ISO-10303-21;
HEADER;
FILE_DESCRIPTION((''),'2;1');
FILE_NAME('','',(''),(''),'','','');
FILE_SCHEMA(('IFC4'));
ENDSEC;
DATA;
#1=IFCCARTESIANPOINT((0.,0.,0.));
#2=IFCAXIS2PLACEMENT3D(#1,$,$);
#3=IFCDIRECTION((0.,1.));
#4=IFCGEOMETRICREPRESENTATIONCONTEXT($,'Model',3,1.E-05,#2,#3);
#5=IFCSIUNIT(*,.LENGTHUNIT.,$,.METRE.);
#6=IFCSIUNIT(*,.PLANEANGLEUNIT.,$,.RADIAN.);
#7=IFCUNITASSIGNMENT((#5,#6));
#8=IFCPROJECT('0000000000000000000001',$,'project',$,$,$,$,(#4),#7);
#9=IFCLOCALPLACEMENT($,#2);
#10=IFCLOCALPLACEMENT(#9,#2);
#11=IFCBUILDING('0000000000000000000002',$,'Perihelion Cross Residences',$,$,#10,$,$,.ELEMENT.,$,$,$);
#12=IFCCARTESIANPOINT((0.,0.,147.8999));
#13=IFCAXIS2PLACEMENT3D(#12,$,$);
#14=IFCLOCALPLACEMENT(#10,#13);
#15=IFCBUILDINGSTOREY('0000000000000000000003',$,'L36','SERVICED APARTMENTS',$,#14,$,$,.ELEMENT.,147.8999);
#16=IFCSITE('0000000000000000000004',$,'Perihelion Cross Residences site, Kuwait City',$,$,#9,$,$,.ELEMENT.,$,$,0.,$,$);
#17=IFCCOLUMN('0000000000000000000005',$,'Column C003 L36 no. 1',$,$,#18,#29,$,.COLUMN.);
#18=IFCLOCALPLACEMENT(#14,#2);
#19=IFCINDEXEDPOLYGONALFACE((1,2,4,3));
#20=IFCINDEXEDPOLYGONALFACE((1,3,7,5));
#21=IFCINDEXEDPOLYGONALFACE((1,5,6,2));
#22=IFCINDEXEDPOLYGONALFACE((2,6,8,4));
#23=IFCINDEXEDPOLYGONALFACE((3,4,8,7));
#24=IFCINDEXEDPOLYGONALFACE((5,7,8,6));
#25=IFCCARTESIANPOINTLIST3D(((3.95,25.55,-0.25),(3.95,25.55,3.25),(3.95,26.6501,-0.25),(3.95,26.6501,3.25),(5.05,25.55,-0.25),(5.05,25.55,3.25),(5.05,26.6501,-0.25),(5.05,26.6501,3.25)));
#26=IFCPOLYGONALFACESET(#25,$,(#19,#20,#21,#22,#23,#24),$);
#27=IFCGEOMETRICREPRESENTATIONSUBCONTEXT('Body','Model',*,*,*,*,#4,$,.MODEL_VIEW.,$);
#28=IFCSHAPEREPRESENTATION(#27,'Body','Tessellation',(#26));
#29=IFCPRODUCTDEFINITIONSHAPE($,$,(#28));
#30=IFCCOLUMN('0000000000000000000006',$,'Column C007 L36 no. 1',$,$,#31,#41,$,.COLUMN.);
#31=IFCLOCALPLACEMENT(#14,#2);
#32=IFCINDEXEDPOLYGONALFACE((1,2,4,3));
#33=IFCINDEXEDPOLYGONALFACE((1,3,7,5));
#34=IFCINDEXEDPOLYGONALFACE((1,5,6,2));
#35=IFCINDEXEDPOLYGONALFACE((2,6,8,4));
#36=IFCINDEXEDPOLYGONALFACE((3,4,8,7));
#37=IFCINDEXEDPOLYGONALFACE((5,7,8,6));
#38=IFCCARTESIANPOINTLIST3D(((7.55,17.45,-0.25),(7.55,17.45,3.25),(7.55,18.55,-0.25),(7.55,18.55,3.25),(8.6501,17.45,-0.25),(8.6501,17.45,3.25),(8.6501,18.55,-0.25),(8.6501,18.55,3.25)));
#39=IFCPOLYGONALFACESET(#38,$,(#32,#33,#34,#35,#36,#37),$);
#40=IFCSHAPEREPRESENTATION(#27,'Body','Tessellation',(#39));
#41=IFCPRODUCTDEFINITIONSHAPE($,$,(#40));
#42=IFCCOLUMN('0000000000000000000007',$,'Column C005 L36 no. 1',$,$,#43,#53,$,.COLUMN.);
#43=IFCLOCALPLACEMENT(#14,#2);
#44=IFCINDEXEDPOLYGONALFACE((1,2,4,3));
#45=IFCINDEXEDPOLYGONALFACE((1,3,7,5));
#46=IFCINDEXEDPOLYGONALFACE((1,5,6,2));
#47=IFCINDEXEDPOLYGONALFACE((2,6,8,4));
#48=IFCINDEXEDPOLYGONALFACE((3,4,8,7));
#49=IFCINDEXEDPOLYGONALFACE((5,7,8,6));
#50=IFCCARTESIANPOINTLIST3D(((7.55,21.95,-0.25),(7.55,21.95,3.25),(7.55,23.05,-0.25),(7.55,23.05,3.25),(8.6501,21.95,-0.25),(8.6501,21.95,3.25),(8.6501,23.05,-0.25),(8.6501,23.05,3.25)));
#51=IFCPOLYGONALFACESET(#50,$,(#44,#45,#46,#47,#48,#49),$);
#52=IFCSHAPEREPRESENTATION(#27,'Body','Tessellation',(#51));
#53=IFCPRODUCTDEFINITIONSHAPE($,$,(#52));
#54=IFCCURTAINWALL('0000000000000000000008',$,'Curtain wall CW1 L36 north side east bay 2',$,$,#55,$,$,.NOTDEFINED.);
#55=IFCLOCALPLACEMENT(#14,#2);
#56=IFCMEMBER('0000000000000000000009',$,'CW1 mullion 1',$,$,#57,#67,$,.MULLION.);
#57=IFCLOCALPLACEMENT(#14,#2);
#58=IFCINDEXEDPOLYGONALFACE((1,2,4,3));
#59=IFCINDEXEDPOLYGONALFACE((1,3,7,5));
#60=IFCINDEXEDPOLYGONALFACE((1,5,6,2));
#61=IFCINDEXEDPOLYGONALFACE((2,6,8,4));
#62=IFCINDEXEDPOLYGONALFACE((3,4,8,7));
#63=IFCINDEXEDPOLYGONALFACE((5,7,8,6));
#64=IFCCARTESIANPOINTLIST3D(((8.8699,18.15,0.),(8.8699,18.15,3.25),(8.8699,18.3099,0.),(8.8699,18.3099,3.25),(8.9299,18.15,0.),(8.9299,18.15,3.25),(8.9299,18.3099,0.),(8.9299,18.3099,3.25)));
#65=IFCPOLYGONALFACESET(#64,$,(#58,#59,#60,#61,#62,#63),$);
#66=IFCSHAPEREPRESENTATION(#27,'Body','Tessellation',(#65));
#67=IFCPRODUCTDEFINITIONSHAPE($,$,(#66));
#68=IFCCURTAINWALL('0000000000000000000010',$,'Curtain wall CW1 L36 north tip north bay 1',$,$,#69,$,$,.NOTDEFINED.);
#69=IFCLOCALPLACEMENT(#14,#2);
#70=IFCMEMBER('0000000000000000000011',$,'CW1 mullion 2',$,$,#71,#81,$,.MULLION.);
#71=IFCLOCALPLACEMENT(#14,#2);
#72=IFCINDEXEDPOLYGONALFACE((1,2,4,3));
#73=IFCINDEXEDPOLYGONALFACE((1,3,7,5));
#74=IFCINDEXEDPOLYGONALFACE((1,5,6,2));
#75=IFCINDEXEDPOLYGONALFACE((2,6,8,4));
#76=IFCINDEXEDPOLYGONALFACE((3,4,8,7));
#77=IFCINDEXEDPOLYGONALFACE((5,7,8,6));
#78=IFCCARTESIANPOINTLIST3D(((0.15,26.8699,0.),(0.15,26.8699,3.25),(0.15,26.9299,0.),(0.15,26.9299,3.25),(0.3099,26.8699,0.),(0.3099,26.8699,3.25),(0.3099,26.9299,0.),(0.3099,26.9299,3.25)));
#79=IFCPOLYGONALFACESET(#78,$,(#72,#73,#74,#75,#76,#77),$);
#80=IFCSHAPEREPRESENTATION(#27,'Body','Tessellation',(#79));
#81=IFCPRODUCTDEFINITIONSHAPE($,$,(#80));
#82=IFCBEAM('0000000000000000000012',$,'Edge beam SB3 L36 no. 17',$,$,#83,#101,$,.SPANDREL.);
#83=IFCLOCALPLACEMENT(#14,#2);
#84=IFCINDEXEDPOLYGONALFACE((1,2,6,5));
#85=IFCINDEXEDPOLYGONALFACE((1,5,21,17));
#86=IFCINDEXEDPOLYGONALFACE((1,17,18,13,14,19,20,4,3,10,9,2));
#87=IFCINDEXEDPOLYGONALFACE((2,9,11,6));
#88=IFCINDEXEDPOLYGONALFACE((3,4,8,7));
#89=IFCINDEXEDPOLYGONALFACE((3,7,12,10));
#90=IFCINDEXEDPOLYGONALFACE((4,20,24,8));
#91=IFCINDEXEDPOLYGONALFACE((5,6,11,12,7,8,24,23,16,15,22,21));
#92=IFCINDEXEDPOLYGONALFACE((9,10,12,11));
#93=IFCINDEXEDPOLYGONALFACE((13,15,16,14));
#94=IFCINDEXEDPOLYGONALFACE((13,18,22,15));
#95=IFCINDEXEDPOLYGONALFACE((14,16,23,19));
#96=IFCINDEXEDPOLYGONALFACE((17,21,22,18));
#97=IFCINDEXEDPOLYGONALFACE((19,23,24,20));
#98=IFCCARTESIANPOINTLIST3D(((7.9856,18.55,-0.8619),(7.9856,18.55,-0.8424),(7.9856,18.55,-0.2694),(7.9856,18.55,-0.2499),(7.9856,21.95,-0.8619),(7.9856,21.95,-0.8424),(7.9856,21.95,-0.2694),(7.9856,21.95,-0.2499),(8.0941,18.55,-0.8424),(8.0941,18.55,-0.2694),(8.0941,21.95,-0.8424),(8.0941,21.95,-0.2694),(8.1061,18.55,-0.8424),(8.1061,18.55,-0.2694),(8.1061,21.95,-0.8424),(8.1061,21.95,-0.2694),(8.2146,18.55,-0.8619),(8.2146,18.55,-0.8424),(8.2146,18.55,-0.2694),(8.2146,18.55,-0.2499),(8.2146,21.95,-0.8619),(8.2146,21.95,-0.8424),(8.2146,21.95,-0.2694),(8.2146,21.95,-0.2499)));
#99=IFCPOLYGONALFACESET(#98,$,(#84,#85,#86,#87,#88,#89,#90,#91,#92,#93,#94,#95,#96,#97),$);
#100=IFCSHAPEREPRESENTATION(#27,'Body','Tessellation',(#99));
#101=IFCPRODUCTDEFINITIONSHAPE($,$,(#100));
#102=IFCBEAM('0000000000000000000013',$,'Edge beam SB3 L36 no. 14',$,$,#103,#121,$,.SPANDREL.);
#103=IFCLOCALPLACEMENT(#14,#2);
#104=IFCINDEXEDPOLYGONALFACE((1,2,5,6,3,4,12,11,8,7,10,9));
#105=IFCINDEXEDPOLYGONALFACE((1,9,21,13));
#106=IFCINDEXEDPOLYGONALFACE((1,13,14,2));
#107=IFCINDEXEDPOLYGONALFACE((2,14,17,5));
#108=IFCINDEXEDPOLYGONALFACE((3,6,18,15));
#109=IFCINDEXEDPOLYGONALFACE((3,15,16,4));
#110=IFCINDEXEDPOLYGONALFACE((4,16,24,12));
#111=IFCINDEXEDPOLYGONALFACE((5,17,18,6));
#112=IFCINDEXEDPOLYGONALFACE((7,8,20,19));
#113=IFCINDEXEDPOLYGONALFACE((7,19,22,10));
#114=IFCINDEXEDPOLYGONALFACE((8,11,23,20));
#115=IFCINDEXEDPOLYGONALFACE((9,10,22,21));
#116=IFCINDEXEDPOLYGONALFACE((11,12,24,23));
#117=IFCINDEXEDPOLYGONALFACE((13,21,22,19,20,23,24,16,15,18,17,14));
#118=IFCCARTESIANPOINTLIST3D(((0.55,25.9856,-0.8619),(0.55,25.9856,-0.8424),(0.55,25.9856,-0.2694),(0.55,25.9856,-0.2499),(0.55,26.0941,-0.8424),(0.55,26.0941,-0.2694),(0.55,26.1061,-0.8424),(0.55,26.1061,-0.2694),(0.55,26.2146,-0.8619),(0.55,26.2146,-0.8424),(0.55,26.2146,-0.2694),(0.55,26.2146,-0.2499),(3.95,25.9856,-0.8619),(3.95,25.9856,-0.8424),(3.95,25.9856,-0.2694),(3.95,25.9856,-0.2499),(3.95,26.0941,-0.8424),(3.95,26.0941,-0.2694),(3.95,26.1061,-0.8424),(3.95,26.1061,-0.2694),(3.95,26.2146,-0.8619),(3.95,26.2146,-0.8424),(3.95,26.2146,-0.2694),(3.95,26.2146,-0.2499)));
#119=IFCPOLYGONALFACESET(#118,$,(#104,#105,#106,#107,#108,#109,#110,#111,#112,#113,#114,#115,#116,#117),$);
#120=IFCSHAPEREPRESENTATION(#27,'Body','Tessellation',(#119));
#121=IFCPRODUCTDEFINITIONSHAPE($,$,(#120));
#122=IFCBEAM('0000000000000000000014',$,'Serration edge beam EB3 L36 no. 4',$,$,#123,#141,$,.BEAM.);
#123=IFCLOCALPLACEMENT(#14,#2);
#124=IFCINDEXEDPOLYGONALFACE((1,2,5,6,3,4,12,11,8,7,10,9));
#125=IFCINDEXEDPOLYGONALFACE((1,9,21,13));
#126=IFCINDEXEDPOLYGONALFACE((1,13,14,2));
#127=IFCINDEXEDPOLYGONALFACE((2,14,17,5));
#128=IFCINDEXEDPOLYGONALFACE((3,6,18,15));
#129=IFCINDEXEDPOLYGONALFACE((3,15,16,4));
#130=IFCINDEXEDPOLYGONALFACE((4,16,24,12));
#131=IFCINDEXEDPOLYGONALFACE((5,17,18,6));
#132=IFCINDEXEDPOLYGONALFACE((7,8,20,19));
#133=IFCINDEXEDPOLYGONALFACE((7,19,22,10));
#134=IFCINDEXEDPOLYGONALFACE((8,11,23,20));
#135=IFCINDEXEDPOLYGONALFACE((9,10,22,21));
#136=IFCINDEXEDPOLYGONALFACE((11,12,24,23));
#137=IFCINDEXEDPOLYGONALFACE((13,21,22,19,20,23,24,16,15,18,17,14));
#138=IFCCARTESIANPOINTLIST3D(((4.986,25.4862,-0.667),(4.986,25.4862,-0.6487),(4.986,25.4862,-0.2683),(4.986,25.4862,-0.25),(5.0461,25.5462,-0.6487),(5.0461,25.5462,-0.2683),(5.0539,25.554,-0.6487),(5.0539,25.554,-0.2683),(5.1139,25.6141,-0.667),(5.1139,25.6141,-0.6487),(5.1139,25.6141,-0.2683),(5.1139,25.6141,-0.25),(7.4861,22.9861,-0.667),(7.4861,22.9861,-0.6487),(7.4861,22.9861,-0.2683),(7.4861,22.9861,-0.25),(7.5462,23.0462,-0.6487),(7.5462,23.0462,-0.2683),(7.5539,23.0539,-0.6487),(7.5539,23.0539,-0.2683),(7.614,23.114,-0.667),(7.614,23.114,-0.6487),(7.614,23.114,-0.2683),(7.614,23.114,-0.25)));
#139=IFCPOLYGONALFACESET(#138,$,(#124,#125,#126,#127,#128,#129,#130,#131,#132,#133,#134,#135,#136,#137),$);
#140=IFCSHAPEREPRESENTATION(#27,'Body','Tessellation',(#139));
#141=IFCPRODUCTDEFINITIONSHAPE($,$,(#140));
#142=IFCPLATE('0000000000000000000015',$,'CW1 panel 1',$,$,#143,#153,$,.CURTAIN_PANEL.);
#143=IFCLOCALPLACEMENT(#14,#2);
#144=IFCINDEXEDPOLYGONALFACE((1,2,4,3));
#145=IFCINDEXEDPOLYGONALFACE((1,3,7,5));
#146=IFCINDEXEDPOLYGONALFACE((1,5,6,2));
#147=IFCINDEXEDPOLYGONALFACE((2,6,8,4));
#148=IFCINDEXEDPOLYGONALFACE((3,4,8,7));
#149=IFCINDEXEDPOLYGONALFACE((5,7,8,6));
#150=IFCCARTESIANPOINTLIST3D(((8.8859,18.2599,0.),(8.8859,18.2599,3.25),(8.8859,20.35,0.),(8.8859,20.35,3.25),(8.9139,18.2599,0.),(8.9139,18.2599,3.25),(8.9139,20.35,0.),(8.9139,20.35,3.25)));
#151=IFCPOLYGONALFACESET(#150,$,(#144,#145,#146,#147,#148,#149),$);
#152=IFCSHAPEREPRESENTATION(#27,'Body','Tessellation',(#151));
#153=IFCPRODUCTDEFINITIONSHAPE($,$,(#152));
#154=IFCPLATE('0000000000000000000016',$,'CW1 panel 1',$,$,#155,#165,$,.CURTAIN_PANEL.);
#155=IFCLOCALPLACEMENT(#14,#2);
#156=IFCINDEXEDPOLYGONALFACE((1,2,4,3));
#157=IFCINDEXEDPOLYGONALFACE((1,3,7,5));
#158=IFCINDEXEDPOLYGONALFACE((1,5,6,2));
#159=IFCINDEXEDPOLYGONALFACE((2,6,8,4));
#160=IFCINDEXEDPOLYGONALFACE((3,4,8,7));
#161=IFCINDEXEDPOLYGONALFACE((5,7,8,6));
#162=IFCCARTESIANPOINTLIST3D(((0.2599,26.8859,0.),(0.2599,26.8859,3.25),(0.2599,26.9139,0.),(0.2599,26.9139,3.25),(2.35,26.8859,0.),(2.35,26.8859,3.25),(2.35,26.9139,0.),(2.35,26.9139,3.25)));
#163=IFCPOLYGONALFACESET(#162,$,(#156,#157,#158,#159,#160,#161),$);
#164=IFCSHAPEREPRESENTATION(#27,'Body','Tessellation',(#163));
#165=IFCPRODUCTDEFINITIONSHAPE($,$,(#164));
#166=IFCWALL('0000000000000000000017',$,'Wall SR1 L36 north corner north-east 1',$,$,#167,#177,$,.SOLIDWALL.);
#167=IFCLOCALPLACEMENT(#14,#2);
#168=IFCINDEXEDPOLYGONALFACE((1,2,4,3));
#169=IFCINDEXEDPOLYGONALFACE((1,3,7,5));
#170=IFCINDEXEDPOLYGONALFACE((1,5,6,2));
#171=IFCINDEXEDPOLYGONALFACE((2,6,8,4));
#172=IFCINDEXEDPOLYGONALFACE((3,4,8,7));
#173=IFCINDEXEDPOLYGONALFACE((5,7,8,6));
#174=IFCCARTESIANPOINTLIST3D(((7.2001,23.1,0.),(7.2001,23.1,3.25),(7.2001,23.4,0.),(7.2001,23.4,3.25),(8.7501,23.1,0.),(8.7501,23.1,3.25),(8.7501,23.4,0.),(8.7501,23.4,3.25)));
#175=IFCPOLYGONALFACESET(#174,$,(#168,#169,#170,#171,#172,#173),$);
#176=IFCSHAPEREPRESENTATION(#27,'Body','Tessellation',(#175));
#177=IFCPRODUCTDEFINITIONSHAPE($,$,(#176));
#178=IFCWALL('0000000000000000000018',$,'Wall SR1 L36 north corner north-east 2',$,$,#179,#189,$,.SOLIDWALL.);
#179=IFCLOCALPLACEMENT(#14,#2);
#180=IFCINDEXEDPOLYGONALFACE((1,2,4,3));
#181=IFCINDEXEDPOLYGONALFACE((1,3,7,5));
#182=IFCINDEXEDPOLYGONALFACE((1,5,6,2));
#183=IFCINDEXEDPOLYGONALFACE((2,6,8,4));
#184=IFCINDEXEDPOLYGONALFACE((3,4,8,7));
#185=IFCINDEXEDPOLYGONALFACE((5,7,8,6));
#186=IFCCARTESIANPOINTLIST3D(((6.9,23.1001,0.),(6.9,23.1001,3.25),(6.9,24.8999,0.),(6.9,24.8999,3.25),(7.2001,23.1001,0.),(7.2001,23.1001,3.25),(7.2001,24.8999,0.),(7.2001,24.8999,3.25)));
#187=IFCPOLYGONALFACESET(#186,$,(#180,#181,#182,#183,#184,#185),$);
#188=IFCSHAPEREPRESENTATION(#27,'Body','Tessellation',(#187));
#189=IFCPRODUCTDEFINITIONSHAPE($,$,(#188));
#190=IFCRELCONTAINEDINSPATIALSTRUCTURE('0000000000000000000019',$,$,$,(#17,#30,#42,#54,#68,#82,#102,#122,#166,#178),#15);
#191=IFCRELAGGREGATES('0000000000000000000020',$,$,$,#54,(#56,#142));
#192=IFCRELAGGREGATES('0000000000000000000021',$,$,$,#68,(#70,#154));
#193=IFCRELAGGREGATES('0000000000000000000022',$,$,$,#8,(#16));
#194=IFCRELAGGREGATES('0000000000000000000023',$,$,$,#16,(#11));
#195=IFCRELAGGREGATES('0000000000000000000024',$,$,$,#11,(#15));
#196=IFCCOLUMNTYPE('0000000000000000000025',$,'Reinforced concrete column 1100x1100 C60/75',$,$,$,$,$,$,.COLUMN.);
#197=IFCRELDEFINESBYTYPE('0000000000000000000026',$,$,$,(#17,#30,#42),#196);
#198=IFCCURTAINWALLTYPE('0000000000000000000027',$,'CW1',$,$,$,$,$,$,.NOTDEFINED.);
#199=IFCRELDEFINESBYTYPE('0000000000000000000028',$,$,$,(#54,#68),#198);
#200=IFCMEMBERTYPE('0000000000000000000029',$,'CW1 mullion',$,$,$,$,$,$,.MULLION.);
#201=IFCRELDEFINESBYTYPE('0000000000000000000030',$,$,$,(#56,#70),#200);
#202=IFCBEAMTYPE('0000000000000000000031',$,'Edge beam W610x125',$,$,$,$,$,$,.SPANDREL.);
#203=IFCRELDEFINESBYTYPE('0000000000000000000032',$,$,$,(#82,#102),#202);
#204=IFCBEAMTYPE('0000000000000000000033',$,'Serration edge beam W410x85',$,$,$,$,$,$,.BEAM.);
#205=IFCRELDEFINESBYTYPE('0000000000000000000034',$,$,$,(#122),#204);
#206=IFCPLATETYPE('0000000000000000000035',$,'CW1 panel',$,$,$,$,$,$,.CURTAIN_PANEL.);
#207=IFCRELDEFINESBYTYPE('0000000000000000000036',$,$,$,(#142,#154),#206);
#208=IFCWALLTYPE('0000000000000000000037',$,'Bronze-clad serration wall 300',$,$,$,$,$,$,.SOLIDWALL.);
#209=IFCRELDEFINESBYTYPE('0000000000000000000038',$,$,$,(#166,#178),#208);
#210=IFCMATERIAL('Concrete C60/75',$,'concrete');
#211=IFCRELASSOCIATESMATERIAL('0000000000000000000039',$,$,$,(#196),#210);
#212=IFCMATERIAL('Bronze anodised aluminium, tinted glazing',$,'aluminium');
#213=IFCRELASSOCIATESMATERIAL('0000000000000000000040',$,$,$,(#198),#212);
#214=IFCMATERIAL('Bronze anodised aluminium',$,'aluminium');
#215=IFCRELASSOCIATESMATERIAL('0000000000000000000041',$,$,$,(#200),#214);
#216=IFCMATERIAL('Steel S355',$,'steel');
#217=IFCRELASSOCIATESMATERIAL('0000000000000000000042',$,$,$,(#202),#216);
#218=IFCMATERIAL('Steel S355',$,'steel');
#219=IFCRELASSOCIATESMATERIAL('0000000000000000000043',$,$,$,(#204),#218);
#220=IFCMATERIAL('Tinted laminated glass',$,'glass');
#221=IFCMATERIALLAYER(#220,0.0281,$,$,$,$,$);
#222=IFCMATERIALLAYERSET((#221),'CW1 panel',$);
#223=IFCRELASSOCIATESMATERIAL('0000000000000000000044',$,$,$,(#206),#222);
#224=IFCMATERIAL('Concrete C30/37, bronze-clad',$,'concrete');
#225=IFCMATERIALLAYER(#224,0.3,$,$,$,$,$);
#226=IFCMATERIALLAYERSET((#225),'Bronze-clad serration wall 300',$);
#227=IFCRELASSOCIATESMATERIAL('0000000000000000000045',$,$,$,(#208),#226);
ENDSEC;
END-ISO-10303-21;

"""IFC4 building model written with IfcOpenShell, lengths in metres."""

from ifc_helpers import new_model, si_unit, direction, frame, frame_2d, origin, origin_2d, place, context, subcontext, project, spatial, rectangle, i_section, extrude, material, layer, layer_set, material_profile, profile_set, type_object, element, aggregate, save


model = new_model("IFC4")

# Units and contexts
model_context = context("Model", 3, precision=1e-05, world=origin(), true_north=direction((0.0, 1.0)))
body_context = subcontext(model_context, "Body", "Model", "MODEL_VIEW")
ifc_project = project(units=[si_unit("LENGTHUNIT", "METRE"), si_unit("PLANEANGLEUNIT", "RADIAN")], contexts=[model_context])

# Site, building, storey
site_placement = place(None, origin())
site = spatial("IfcSite", under=ifc_project, at=site_placement, Name="Perihelion Cross Residences site, Kuwait City", CompositionType="ELEMENT", RefElevation=0.0)
building_placement = place(site_placement, origin())
building = spatial("IfcBuilding", under=site, at=building_placement, Name="Perihelion Cross Residences", CompositionType="ELEMENT")
storey_placement = place(building_placement, frame((0.0, 0.0, 147.8999)))
storey = spatial("IfcBuildingStorey", under=building, at=storey_placement, Name="L36", Description="SERVICED APARTMENTS", CompositionType="ELEMENT", Elevation=147.8999)

# Columns
ifc_material_1 = material(Name="Concrete C60/75", Category="concrete")
ifc_material_profile_1 = material_profile(ifc_material_1, rectangle(XDim=1.1001, YDim=1.1001, at=origin_2d()), Name="RC 1100x1100")
ifc_profile_set_1 = profile_set([ifc_material_profile_1], Name="Concrete C60/75")
column_type = type_object("IfcColumnType", Name="Reinforced concrete column 1100x1100 C60/75", PredefinedType="COLUMN", material=ifc_profile_set_1)
for number, where, z_axis, x_axis, name in (
    (1, (4.5, 26.1001, -0.25), (0.0, 0.0, 1.0), (1.0, 0.0, 0.0), "Column C003 L36 no. 1"),
    (2, (8.1001, 18.0, -0.25), (0.0, 0.0, 1.0), (1.0, 0.0, 0.0), "Column C007 L36 no. 1"),
    (3, (8.1001, 22.5, -0.25), (0.0, 0.0, 1.0), (1.0, 0.0, 0.0), "Column C005 L36 no. 1"),
):
    element("IfcColumn", number, at=place(storey_placement, frame(where, z_axis=z_axis, x_axis=x_axis)), inside=storey, type_object=column_type, Name=name, PredefinedType="COLUMN", context=body_context, shape_type="SweptSolid", body=[
        extrude(rectangle(XDim=1.1001, YDim=1.1001, at=origin_2d()), origin(), (0.0, 0.0, 1.0), 3.5),
    ])

# Curtain walls, members
ifc_material_2 = material(Name="Bronze anodised aluminium, tinted glazing", Category="aluminium")
curtain_wall_type = type_object("IfcCurtainWallType", Name="CW1", PredefinedType="NOTDEFINED", material=ifc_material_2)
curtain_wall_1_placement = place(storey_placement, origin())
curtain_wall_1 = element("IfcCurtainWall", 4, at=curtain_wall_1_placement, inside=storey, type_object=curtain_wall_type, Name="Curtain wall CW1 L36 north side east bay 2", PredefinedType="NOTDEFINED")
ifc_material_3 = material(Name="Bronze anodised aluminium", Category="aluminium")
ifc_material_profile_2 = material_profile(ifc_material_3, rectangle(XDim=0.0601, YDim=0.1599, at=origin_2d()), Name="CW1 mullion")
ifc_profile_set_2 = profile_set([ifc_material_profile_2], Name="Bronze anodised aluminium")
member_type = type_object("IfcMemberType", Name="CW1 mullion", PredefinedType="MULLION", material=ifc_profile_set_2)
member_1_placement = place(storey_placement, frame((8.8999, 18.23, 0.0), z_axis=(0.0, 0.0, 1.0), x_axis=(-1.0, 0.0, 0.0)))
member_1 = element("IfcMember", 5, at=member_1_placement, type_object=member_type, Name="CW1 mullion 1", PredefinedType="MULLION", context=body_context, shape_type="SweptSolid", body=[
    extrude(rectangle(XDim=0.0601, YDim=0.1599, at=origin_2d()), origin(), (0.0, 0.0, 1.0), 3.25),
])
curtain_wall_2_placement = place(storey_placement, origin())
curtain_wall_2 = element("IfcCurtainWall", 6, at=curtain_wall_2_placement, inside=storey, type_object=curtain_wall_type, Name="Curtain wall CW1 L36 north tip north bay 1", PredefinedType="NOTDEFINED")
member_2_placement = place(storey_placement, frame((0.23, 26.8999, 0.0), z_axis=(0.0, 0.0, 1.0), x_axis=(0.0, -1.0, 0.0)))
member_2 = element("IfcMember", 7, at=member_2_placement, type_object=member_type, Name="CW1 mullion 2", PredefinedType="MULLION", context=body_context, shape_type="SweptSolid", body=[
    extrude(rectangle(XDim=0.0601, YDim=0.1599, at=origin_2d()), origin(), (0.0, 0.0, 1.0), 3.25),
])

# Beams
ifc_material_4 = material(Name="Steel S355", Category="steel")
ifc_material_profile_3 = material_profile(ifc_material_4, i_section(OverallWidth=0.229, OverallDepth=0.6121, WebThickness=0.012, FlangeThickness=0.0195, at=origin_2d()), Name="W610x125")
ifc_profile_set_3 = profile_set([ifc_material_profile_3], Name="Steel S355")
beam_type_1 = type_object("IfcBeamType", Name="Edge beam W610x125", PredefinedType="SPANDREL", material=ifc_profile_set_3)
for number, where, z_axis, x_axis, name in (
    (8, (8.1001, 18.55, -0.5559), (0.0, 1.0, 0.0), (-1.0, 0.0, 0.0), "Edge beam SB3 L36 no. 17"),
    (9, (3.95, 26.1001, -0.5559), (-1.0, 0.0, 0.0), (0.0, -1.0, 0.0), "Edge beam SB3 L36 no. 14"),
):
    element("IfcBeam", number, at=place(storey_placement, frame(where, z_axis=z_axis, x_axis=x_axis)), inside=storey, type_object=beam_type_1, Name=name, PredefinedType="SPANDREL", context=body_context, shape_type="SweptSolid", body=[
        extrude(i_section(OverallWidth=0.229, OverallDepth=0.6121, WebThickness=0.012, FlangeThickness=0.0195, at=origin_2d()), origin(), (0.0, 0.0, 1.0), 3.3999),
    ])
ifc_material_5 = material(Name="Steel S355", Category="steel")
ifc_material_profile_4 = material_profile(ifc_material_5, i_section(OverallWidth=0.1809, OverallDepth=0.417, WebThickness=0.011, FlangeThickness=0.0183, at=origin_2d()), Name="W410x85")
ifc_profile_set_4 = profile_set([ifc_material_profile_4], Name="Steel S355")
beam_type_2 = type_object("IfcBeamType", Name="Serration edge beam W410x85", PredefinedType="BEAM", material=ifc_profile_set_4)
beam_placement = place(storey_placement, frame((7.55, 23.05, -0.4585), z_axis=(-0.707107, 0.707107, 0.0), x_axis=(-0.707107, -0.707107, 0.0)))
element("IfcBeam", 10, at=beam_placement, inside=storey, type_object=beam_type_2, Name="Serration edge beam EB3 L36 no. 4", PredefinedType="BEAM", context=body_context, shape_type="SweptSolid", body=[
    extrude(i_section(OverallWidth=0.1809, OverallDepth=0.417, WebThickness=0.011, FlangeThickness=0.0183, at=origin_2d()), origin(), (0.0, 0.0, 1.0), 3.5356),
])

# Plates
ifc_material_6 = material(Name="Tinted laminated glass", Category="glass")
ifc_layer_1 = layer(ifc_material_6, 0.0281)
ifc_layer_set_1 = layer_set([ifc_layer_1], Name="CW1 panel")
plate_type = type_object("IfcPlateType", Name="CW1 panel", PredefinedType="CURTAIN_PANEL", material=ifc_layer_set_1)
plate_1_placement = place(storey_placement, frame((8.8999, 19.3049, 0.0), z_axis=(0.0, 0.0, 1.0), x_axis=(0.0, 1.0, 0.0)))
plate_1 = element("IfcPlate", 11, at=plate_1_placement, type_object=plate_type, Name="CW1 panel 1", PredefinedType="CURTAIN_PANEL", context=body_context, shape_type="SweptSolid", body=[
    extrude(rectangle(XDim=2.0901, YDim=0.0281, at=origin_2d()), origin(), (0.0, 0.0, 1.0), 3.25),
])
aggregate(curtain_wall_1, [member_1, plate_1])
plate_2_placement = place(storey_placement, frame((1.3049, 26.8999, 0.0), z_axis=(0.0, 0.0, 1.0), x_axis=(-1.0, 0.0, 0.0)))
plate_2 = element("IfcPlate", 12, at=plate_2_placement, type_object=plate_type, Name="CW1 panel 1", PredefinedType="CURTAIN_PANEL", context=body_context, shape_type="SweptSolid", body=[
    extrude(rectangle(XDim=2.0901, YDim=0.0281, at=origin_2d()), origin(), (0.0, 0.0, 1.0), 3.25),
])
aggregate(curtain_wall_2, [member_2, plate_2])

# Walls
ifc_material_7 = material(Name="Concrete C30/37, bronze-clad", Category="concrete")
ifc_layer_2 = layer(ifc_material_7, 0.3)
ifc_layer_set_2 = layer_set([ifc_layer_2], Name="Bronze-clad serration wall 300")
wall_type_1 = type_object("IfcWallType", Name="Bronze-clad serration wall 300", PredefinedType="SOLIDWALL", material=ifc_layer_set_2)
wall_1_placement = place(storey_placement, frame((8.75, 23.25, 0.0), z_axis=(0.0, 0.0, 1.0), x_axis=(-1.0, 0.0, 0.0)))
element("IfcWall", 13, at=wall_1_placement, inside=storey, type_object=wall_type_1, Name="Wall SR1 L36 north corner north-east 1", PredefinedType="SOLIDWALL", context=body_context, shape_type="SweptSolid", body=[
    extrude(rectangle(XDim=1.55, YDim=0.3, at=frame_2d((0.7749, 0.0))), origin(), (0.0, 0.0, 1.0), 3.25),
])
wall_2_placement = place(storey_placement, frame((7.05, 23.1001, 0.0), z_axis=(0.0, 0.0, 1.0), x_axis=(0.0, 1.0, 0.0)))
element("IfcWall", 14, at=wall_2_placement, inside=storey, type_object=wall_type_1, Name="Wall SR1 L36 north corner north-east 2", PredefinedType="SOLIDWALL", context=body_context, shape_type="SweptSolid", body=[
    extrude(rectangle(XDim=1.7998, YDim=0.3, at=frame_2d((0.8999, 0.0))), origin(), (0.0, 0.0, 1.0), 3.25),
])

save(model, "model.ifc")
